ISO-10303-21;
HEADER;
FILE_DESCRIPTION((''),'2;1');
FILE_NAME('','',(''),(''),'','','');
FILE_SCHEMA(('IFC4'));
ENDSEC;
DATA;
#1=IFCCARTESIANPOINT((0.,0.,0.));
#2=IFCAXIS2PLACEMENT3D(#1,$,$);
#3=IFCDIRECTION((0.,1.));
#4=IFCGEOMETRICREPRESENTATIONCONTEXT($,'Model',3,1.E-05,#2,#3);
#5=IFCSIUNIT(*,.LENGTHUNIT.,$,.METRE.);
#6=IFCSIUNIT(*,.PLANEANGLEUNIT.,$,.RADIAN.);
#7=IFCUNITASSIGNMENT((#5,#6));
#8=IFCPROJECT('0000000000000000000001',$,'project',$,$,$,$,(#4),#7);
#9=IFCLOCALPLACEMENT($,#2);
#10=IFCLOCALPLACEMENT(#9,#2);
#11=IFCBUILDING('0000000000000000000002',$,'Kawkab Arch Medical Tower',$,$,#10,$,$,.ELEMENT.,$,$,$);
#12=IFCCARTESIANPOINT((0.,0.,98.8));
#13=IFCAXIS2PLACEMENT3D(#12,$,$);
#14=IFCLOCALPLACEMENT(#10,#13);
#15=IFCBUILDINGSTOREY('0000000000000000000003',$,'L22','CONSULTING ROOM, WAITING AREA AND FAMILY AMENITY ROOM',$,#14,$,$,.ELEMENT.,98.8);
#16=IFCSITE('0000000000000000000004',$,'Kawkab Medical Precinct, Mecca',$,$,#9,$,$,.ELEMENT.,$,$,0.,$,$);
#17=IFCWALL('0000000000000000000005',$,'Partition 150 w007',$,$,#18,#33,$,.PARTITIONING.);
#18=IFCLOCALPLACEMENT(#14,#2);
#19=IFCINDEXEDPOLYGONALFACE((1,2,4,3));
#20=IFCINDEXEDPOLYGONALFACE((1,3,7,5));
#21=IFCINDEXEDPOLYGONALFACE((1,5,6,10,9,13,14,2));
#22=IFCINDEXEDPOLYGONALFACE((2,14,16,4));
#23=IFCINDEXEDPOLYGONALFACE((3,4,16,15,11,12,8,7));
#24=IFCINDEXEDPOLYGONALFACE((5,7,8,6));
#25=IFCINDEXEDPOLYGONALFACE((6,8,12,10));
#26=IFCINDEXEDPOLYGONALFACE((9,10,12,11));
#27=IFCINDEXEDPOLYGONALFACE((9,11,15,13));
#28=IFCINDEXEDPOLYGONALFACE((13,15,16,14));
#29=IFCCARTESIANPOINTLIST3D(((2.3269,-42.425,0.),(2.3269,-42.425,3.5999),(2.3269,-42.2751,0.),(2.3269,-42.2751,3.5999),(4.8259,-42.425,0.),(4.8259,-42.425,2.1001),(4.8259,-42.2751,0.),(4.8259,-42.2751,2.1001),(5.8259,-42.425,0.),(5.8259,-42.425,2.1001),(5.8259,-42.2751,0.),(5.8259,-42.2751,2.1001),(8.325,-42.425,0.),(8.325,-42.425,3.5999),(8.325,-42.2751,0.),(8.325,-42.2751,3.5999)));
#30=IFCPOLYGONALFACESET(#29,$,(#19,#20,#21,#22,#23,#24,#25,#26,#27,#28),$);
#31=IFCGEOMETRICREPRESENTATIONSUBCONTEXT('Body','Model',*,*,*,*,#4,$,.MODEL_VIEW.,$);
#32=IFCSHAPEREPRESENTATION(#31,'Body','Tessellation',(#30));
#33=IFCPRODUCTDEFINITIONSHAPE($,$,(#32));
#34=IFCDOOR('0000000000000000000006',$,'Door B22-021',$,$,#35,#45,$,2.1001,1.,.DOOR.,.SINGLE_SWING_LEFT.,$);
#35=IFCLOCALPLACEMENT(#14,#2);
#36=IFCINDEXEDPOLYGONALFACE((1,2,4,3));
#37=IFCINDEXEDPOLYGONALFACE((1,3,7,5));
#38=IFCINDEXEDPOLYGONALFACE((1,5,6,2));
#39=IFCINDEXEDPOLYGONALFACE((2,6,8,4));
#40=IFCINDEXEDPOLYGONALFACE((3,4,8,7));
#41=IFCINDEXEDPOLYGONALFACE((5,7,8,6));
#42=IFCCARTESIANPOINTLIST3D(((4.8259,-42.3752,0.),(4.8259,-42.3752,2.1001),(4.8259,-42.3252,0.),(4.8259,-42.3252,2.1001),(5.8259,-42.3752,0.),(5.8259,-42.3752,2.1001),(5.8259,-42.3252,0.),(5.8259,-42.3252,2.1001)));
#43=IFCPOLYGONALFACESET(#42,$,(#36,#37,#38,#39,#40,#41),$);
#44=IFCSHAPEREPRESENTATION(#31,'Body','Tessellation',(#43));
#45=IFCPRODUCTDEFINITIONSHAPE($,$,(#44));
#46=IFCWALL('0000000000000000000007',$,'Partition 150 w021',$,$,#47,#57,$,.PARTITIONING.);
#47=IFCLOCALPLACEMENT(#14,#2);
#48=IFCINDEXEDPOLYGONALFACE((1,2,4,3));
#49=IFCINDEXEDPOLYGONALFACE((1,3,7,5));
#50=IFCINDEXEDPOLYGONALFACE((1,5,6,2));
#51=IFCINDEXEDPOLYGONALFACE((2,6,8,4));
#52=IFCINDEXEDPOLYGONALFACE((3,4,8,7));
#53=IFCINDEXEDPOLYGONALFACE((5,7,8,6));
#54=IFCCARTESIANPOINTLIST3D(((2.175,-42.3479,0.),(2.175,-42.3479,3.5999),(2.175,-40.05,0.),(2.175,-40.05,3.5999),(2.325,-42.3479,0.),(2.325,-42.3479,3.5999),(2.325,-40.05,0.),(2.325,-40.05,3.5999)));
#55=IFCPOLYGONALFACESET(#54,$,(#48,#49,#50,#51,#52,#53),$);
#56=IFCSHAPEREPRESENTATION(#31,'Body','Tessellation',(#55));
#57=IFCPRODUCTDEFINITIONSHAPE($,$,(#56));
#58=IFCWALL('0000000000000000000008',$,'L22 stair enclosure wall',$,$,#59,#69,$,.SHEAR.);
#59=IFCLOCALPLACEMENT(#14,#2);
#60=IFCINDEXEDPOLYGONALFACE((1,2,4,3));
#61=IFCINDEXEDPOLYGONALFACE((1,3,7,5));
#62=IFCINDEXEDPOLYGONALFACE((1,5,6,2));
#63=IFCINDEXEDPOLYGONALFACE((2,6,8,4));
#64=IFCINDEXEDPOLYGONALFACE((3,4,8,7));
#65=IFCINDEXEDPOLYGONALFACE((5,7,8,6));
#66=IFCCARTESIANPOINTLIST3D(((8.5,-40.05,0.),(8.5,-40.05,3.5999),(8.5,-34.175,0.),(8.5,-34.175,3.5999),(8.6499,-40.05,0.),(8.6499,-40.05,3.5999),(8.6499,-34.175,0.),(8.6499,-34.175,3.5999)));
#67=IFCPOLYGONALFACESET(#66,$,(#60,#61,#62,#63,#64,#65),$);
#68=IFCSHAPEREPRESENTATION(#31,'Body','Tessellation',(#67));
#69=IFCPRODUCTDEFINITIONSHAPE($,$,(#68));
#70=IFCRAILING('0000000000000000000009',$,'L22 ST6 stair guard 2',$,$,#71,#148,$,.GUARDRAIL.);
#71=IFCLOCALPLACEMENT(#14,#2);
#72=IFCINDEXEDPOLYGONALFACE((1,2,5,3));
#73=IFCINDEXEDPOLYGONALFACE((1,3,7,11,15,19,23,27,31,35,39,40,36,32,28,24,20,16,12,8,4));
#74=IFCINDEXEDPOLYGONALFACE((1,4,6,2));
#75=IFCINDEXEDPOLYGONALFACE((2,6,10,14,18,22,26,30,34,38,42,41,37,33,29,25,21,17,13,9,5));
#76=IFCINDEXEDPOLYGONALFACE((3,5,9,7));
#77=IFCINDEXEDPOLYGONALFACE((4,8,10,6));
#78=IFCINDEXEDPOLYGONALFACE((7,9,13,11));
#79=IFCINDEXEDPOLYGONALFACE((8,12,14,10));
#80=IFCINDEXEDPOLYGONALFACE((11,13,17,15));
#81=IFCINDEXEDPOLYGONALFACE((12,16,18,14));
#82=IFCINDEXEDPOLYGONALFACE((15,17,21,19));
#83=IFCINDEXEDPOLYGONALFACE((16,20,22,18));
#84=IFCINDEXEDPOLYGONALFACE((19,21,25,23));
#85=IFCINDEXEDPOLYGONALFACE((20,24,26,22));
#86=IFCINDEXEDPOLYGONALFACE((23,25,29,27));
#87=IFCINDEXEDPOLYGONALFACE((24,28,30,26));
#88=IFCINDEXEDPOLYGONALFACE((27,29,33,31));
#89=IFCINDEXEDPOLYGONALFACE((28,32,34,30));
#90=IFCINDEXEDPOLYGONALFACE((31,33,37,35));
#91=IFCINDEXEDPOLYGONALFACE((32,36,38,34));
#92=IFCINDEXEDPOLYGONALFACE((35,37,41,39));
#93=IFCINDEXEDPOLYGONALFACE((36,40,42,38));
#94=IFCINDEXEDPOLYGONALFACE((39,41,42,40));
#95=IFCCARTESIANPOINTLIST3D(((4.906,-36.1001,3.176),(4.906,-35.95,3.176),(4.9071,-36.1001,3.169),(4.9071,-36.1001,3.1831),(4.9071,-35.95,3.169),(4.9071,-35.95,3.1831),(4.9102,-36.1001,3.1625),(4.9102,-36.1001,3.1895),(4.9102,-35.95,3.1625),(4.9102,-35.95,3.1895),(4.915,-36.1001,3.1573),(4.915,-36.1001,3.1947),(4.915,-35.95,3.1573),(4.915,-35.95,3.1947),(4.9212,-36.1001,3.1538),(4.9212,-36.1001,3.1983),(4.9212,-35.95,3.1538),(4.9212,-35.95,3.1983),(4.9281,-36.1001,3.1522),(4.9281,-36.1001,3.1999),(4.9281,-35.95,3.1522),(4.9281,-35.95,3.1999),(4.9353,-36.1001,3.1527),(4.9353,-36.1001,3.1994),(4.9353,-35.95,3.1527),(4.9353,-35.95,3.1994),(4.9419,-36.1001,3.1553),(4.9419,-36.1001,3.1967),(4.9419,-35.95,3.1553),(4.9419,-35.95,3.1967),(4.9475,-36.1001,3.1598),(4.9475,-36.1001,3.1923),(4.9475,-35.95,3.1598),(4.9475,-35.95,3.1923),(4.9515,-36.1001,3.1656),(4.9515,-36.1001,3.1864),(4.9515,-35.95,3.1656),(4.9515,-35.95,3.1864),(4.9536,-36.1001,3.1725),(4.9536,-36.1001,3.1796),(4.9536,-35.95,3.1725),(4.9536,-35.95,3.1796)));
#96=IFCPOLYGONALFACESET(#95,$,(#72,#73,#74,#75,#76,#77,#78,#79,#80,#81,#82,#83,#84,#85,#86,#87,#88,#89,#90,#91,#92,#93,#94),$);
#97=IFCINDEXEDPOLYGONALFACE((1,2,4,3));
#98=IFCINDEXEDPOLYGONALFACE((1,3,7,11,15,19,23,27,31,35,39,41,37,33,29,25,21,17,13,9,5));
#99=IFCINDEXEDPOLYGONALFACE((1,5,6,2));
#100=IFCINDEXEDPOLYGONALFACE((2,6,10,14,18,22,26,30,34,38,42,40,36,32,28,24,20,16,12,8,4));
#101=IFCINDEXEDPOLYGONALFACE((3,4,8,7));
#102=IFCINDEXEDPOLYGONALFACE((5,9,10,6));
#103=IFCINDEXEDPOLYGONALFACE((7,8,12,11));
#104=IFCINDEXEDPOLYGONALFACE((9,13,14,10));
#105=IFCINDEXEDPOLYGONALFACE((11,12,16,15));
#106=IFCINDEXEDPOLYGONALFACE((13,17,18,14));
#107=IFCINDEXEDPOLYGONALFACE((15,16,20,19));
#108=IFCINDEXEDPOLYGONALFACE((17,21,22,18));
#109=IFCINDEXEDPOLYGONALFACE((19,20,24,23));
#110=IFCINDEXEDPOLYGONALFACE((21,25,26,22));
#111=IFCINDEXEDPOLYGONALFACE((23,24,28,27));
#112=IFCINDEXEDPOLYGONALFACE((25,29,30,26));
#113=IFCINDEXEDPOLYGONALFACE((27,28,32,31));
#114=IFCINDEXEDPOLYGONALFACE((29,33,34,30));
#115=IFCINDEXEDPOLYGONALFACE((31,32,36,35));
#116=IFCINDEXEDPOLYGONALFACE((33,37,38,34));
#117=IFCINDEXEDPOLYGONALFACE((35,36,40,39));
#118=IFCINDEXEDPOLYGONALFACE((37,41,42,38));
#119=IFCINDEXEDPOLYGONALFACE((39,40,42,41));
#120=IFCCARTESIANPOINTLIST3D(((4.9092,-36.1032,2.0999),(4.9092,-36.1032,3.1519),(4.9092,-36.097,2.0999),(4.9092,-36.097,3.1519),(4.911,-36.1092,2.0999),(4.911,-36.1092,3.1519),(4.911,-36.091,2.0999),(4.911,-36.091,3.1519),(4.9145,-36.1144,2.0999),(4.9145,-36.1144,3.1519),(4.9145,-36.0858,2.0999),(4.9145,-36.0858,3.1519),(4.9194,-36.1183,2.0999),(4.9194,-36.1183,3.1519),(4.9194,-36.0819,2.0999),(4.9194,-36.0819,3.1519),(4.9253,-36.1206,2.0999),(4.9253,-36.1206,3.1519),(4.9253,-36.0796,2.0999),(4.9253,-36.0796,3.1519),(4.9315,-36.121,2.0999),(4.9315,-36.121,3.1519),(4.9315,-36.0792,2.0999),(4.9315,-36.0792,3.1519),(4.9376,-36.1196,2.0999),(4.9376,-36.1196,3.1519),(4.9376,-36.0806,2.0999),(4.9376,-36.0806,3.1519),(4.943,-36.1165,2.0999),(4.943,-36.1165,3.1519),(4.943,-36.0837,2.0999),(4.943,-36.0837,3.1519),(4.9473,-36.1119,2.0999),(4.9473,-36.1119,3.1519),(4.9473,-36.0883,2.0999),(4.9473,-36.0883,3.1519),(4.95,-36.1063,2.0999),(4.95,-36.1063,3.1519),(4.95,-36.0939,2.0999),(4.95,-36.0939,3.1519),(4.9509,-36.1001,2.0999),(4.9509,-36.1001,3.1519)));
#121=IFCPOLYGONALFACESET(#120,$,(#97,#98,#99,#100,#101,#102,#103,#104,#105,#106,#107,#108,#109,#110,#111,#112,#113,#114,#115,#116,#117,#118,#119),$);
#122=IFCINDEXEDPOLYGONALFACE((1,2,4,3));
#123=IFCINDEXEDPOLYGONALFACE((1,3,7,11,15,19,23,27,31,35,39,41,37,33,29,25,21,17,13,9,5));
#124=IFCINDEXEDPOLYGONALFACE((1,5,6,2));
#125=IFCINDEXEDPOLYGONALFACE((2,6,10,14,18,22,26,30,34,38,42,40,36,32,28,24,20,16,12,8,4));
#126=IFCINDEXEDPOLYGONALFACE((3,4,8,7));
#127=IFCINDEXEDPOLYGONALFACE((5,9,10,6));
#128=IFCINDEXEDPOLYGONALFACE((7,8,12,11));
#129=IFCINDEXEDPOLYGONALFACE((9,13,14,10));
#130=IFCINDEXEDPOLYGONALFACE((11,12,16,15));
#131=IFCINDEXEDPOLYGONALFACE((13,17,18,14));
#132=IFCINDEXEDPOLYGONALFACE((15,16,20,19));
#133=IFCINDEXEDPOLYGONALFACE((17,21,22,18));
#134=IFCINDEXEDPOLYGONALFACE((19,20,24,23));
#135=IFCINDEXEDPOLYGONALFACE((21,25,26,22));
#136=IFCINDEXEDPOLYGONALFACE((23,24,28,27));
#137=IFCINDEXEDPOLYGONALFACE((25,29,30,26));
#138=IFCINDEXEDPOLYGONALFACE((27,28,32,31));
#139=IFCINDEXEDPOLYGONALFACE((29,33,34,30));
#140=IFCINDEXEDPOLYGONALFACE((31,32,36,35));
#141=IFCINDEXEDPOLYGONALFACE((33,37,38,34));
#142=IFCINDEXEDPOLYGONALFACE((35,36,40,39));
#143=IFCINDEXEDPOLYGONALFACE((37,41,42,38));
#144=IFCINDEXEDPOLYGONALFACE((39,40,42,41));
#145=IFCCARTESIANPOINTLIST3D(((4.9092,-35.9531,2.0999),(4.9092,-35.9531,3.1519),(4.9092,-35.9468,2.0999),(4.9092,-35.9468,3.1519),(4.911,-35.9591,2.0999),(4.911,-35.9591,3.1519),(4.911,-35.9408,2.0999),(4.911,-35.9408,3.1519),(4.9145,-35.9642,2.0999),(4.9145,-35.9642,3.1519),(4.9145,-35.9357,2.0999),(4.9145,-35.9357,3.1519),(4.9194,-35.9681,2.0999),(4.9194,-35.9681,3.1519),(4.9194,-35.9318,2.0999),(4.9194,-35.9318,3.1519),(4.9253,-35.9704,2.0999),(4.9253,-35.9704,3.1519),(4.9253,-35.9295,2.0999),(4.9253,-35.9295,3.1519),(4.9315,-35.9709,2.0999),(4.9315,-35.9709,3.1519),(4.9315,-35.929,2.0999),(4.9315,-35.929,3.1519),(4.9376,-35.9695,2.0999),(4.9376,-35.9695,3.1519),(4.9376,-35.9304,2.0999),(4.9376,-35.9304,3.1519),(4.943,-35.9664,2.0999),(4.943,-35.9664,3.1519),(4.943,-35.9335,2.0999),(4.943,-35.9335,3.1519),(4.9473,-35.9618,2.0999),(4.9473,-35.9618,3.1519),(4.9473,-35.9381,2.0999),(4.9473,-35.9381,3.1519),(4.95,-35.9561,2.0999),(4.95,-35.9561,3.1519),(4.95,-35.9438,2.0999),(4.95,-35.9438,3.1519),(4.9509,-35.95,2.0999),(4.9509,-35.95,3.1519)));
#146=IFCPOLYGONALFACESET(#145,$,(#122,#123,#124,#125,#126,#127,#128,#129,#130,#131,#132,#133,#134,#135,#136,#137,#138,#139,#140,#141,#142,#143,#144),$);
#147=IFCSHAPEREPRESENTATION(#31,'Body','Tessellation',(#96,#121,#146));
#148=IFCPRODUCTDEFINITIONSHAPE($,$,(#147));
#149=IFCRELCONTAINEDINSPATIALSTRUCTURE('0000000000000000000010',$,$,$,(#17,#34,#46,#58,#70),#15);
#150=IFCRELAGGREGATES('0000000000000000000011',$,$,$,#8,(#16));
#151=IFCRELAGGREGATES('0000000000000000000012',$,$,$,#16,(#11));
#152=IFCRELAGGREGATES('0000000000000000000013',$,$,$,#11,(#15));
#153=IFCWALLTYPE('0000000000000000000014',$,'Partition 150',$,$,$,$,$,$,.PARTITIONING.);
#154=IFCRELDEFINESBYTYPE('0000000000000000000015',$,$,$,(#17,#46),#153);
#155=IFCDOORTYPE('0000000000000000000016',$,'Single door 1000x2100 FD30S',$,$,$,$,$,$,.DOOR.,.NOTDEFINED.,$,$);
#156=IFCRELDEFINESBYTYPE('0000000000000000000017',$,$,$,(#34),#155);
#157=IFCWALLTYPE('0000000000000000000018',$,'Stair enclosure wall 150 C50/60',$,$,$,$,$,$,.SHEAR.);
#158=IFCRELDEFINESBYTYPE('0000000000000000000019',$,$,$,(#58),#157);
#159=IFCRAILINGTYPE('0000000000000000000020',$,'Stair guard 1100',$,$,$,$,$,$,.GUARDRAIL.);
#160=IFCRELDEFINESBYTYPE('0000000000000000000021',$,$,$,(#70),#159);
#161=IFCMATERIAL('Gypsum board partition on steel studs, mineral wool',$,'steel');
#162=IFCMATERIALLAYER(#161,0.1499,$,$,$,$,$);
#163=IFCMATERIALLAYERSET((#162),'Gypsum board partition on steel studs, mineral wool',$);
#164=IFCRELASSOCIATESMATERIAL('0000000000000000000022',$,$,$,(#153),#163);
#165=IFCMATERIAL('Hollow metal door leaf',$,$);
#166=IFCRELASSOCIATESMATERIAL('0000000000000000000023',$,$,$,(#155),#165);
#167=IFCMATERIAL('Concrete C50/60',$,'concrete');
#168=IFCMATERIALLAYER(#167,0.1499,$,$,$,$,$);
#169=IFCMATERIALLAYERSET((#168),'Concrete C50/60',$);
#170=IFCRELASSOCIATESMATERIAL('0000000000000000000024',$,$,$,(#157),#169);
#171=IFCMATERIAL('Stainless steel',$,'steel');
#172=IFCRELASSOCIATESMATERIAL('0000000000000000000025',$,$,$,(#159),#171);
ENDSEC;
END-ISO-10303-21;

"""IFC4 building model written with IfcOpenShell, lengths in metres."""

from ifc_helpers import new_model, si_unit, direction, frame, frame_2d, origin, origin_2d, place, context, subcontext, project, spatial, rectangle, circle, extrude, material, layer, layer_set, type_object, element, fill, save


model = new_model("IFC4")

# Units and contexts
model_context = context("Model", 3, precision=1e-05, world=origin(), true_north=direction((0.0, 1.0)))
body_context = subcontext(model_context, "Body", "Model", "MODEL_VIEW")
ifc_project = project(units=[si_unit("LENGTHUNIT", "METRE"), si_unit("PLANEANGLEUNIT", "RADIAN")], contexts=[model_context])

# Site, building, storey
site_placement = place(None, origin())
site = spatial("IfcSite", under=ifc_project, at=site_placement, Name="Kawkab Medical Precinct, Mecca", CompositionType="ELEMENT", RefElevation=0.0)
building_placement = place(site_placement, origin())
building = spatial("IfcBuilding", under=site, at=building_placement, Name="Kawkab Arch Medical Tower", CompositionType="ELEMENT")
storey_placement = place(building_placement, frame((0.0, 0.0, 98.8)))
storey = spatial("IfcBuildingStorey", under=building, at=storey_placement, Name="L22", Description="CONSULTING ROOM, WAITING AREA AND FAMILY AMENITY ROOM", CompositionType="ELEMENT", Elevation=98.8)

# Shared definitions
ifc_material_1 = material(Name="Gypsum board partition on steel studs, mineral wool", Category="steel")
ifc_layer_1 = layer(ifc_material_1, 0.1499)
ifc_layer_set_1 = layer_set([ifc_layer_1], Name="Gypsum board partition on steel studs, mineral wool")
wall_type_1 = type_object("IfcWallType", Name="Partition 150", PredefinedType="PARTITIONING", material=ifc_layer_set_1)

# Wall, opening, door
wall_1_placement = place(storey_placement, frame((2.3269, -42.3501, 0.0), z_axis=(0.0, 0.0, 1.0), x_axis=(1.0, 0.0, 0.0)))
wall_1 = element("IfcWall", 1, at=wall_1_placement, inside=storey, type_object=wall_type_1, Name="Partition 150 w007", PredefinedType="PARTITIONING", context=body_context, shape_type="SweptSolid", body=[
    extrude(rectangle(XDim=5.998, YDim=0.1499, at=frame_2d((2.999, 0.0))), origin(), (0.0, 0.0, 1.0), 3.5999),
])
opening_1_placement = place(wall_1_placement, frame((2.499, 0.0, 0.0)))
opening_1 = element("IfcOpeningElement", 2, at=opening_1_placement, cuts=wall_1, PredefinedType="OPENING", context=body_context, shape_type="SweptSolid", body=[
    extrude(rectangle(XDim=1.0, YDim=2.1001, at=frame_2d((0.5, 1.05))), frame((0.0, 0.085, 0.0), z_axis=(0.0, -1.0, 0.0), x_axis=(1.0, 0.0, 0.0)), (0.0, 0.0, 1.0), 0.1699),
])
ifc_material_2 = material(Name="Hollow metal door leaf")
door_type_1 = type_object("IfcDoorType", Name="Single door 1000x2100 FD30S", OperationType="NOTDEFINED", PredefinedType="DOOR", material=ifc_material_2)
door_1_placement = place(opening_1_placement, origin())
door_1 = element("IfcDoor", 3, at=door_1_placement, inside=storey, type_object=door_type_1, Name="Door B22-021", OperationType="SINGLE_SWING_LEFT", OverallHeight=2.1001, OverallWidth=1.0, PredefinedType="DOOR", context=body_context, shape_type="SweptSolid", body=[
    extrude(rectangle(XDim=1.0, YDim=2.1001, at=frame_2d((0.5, 1.05))), frame((0.0, 0.0249, 0.0), z_axis=(0.0, -1.0, 0.0), x_axis=(1.0, 0.0, 0.0)), (0.0, 0.0, 1.0), 0.05),
])
fill(opening_1, door_1)

# Walls
wall_2_placement = place(storey_placement, frame((2.25, -42.3479, 0.0), z_axis=(0.0, 0.0, 1.0), x_axis=(0.0, 1.0, 0.0)))
element("IfcWall", 4, at=wall_2_placement, inside=storey, type_object=wall_type_1, Name="Partition 150 w021", PredefinedType="PARTITIONING", context=body_context, shape_type="SweptSolid", body=[
    extrude(rectangle(XDim=2.2979, YDim=0.1499, at=frame_2d((1.1489, 0.0))), origin(), (0.0, 0.0, 1.0), 3.5999),
])
ifc_material_3 = material(Name="Concrete C50/60", Category="concrete")
ifc_layer_2 = layer(ifc_material_3, 0.1499)
ifc_layer_set_2 = layer_set([ifc_layer_2], Name="Concrete C50/60")
wall_type_2 = type_object("IfcWallType", Name="Stair enclosure wall 150 C50/60", PredefinedType="SHEAR", material=ifc_layer_set_2)
wall_3_placement = place(storey_placement, frame((8.575, -40.05, 0.0), z_axis=(0.0, 0.0, 1.0), x_axis=(0.0, 1.0, 0.0)))
element("IfcWall", 5, at=wall_3_placement, inside=storey, type_object=wall_type_2, Name="L22 stair enclosure wall", PredefinedType="SHEAR", context=body_context, shape_type="SweptSolid", body=[
    extrude(rectangle(XDim=5.875, YDim=0.1499, at=frame_2d((2.9375, 0.0))), origin(), (0.0, 0.0, 1.0), 3.5999),
])

# Railing
ifc_material_4 = material(Name="Stainless steel", Category="steel")
railing_type = type_object("IfcRailingType", Name="Stair guard 1100", PredefinedType="GUARDRAIL", material=ifc_material_4)
railing_placement = place(storey_placement, frame((4.9299, -36.1001, 2.0999)))
element("IfcRailing", 6, at=railing_placement, inside=storey, type_object=railing_type, Name="L22 ST6 stair guard 2", PredefinedType="GUARDRAIL", context=body_context, shape_type="SweptSolid", body=[
    extrude(circle(Radius=0.0239, at=origin_2d()), frame((0.0, 0.0, 1.0762), z_axis=(0.0, 1.0, 0.0), x_axis=(-1.0, 0.0, 0.0)), (0.0, 0.0, 1.0), 0.1501),
    extrude(circle(Radius=0.021, at=origin_2d()), origin(), (0.0, 0.0, 1.0), 1.052),
    extrude(circle(Radius=0.021, at=origin_2d()), frame((0.0, 0.1501, 0.0)), (0.0, 0.0, 1.0), 1.052),
])

save(model, "model.ifc")
